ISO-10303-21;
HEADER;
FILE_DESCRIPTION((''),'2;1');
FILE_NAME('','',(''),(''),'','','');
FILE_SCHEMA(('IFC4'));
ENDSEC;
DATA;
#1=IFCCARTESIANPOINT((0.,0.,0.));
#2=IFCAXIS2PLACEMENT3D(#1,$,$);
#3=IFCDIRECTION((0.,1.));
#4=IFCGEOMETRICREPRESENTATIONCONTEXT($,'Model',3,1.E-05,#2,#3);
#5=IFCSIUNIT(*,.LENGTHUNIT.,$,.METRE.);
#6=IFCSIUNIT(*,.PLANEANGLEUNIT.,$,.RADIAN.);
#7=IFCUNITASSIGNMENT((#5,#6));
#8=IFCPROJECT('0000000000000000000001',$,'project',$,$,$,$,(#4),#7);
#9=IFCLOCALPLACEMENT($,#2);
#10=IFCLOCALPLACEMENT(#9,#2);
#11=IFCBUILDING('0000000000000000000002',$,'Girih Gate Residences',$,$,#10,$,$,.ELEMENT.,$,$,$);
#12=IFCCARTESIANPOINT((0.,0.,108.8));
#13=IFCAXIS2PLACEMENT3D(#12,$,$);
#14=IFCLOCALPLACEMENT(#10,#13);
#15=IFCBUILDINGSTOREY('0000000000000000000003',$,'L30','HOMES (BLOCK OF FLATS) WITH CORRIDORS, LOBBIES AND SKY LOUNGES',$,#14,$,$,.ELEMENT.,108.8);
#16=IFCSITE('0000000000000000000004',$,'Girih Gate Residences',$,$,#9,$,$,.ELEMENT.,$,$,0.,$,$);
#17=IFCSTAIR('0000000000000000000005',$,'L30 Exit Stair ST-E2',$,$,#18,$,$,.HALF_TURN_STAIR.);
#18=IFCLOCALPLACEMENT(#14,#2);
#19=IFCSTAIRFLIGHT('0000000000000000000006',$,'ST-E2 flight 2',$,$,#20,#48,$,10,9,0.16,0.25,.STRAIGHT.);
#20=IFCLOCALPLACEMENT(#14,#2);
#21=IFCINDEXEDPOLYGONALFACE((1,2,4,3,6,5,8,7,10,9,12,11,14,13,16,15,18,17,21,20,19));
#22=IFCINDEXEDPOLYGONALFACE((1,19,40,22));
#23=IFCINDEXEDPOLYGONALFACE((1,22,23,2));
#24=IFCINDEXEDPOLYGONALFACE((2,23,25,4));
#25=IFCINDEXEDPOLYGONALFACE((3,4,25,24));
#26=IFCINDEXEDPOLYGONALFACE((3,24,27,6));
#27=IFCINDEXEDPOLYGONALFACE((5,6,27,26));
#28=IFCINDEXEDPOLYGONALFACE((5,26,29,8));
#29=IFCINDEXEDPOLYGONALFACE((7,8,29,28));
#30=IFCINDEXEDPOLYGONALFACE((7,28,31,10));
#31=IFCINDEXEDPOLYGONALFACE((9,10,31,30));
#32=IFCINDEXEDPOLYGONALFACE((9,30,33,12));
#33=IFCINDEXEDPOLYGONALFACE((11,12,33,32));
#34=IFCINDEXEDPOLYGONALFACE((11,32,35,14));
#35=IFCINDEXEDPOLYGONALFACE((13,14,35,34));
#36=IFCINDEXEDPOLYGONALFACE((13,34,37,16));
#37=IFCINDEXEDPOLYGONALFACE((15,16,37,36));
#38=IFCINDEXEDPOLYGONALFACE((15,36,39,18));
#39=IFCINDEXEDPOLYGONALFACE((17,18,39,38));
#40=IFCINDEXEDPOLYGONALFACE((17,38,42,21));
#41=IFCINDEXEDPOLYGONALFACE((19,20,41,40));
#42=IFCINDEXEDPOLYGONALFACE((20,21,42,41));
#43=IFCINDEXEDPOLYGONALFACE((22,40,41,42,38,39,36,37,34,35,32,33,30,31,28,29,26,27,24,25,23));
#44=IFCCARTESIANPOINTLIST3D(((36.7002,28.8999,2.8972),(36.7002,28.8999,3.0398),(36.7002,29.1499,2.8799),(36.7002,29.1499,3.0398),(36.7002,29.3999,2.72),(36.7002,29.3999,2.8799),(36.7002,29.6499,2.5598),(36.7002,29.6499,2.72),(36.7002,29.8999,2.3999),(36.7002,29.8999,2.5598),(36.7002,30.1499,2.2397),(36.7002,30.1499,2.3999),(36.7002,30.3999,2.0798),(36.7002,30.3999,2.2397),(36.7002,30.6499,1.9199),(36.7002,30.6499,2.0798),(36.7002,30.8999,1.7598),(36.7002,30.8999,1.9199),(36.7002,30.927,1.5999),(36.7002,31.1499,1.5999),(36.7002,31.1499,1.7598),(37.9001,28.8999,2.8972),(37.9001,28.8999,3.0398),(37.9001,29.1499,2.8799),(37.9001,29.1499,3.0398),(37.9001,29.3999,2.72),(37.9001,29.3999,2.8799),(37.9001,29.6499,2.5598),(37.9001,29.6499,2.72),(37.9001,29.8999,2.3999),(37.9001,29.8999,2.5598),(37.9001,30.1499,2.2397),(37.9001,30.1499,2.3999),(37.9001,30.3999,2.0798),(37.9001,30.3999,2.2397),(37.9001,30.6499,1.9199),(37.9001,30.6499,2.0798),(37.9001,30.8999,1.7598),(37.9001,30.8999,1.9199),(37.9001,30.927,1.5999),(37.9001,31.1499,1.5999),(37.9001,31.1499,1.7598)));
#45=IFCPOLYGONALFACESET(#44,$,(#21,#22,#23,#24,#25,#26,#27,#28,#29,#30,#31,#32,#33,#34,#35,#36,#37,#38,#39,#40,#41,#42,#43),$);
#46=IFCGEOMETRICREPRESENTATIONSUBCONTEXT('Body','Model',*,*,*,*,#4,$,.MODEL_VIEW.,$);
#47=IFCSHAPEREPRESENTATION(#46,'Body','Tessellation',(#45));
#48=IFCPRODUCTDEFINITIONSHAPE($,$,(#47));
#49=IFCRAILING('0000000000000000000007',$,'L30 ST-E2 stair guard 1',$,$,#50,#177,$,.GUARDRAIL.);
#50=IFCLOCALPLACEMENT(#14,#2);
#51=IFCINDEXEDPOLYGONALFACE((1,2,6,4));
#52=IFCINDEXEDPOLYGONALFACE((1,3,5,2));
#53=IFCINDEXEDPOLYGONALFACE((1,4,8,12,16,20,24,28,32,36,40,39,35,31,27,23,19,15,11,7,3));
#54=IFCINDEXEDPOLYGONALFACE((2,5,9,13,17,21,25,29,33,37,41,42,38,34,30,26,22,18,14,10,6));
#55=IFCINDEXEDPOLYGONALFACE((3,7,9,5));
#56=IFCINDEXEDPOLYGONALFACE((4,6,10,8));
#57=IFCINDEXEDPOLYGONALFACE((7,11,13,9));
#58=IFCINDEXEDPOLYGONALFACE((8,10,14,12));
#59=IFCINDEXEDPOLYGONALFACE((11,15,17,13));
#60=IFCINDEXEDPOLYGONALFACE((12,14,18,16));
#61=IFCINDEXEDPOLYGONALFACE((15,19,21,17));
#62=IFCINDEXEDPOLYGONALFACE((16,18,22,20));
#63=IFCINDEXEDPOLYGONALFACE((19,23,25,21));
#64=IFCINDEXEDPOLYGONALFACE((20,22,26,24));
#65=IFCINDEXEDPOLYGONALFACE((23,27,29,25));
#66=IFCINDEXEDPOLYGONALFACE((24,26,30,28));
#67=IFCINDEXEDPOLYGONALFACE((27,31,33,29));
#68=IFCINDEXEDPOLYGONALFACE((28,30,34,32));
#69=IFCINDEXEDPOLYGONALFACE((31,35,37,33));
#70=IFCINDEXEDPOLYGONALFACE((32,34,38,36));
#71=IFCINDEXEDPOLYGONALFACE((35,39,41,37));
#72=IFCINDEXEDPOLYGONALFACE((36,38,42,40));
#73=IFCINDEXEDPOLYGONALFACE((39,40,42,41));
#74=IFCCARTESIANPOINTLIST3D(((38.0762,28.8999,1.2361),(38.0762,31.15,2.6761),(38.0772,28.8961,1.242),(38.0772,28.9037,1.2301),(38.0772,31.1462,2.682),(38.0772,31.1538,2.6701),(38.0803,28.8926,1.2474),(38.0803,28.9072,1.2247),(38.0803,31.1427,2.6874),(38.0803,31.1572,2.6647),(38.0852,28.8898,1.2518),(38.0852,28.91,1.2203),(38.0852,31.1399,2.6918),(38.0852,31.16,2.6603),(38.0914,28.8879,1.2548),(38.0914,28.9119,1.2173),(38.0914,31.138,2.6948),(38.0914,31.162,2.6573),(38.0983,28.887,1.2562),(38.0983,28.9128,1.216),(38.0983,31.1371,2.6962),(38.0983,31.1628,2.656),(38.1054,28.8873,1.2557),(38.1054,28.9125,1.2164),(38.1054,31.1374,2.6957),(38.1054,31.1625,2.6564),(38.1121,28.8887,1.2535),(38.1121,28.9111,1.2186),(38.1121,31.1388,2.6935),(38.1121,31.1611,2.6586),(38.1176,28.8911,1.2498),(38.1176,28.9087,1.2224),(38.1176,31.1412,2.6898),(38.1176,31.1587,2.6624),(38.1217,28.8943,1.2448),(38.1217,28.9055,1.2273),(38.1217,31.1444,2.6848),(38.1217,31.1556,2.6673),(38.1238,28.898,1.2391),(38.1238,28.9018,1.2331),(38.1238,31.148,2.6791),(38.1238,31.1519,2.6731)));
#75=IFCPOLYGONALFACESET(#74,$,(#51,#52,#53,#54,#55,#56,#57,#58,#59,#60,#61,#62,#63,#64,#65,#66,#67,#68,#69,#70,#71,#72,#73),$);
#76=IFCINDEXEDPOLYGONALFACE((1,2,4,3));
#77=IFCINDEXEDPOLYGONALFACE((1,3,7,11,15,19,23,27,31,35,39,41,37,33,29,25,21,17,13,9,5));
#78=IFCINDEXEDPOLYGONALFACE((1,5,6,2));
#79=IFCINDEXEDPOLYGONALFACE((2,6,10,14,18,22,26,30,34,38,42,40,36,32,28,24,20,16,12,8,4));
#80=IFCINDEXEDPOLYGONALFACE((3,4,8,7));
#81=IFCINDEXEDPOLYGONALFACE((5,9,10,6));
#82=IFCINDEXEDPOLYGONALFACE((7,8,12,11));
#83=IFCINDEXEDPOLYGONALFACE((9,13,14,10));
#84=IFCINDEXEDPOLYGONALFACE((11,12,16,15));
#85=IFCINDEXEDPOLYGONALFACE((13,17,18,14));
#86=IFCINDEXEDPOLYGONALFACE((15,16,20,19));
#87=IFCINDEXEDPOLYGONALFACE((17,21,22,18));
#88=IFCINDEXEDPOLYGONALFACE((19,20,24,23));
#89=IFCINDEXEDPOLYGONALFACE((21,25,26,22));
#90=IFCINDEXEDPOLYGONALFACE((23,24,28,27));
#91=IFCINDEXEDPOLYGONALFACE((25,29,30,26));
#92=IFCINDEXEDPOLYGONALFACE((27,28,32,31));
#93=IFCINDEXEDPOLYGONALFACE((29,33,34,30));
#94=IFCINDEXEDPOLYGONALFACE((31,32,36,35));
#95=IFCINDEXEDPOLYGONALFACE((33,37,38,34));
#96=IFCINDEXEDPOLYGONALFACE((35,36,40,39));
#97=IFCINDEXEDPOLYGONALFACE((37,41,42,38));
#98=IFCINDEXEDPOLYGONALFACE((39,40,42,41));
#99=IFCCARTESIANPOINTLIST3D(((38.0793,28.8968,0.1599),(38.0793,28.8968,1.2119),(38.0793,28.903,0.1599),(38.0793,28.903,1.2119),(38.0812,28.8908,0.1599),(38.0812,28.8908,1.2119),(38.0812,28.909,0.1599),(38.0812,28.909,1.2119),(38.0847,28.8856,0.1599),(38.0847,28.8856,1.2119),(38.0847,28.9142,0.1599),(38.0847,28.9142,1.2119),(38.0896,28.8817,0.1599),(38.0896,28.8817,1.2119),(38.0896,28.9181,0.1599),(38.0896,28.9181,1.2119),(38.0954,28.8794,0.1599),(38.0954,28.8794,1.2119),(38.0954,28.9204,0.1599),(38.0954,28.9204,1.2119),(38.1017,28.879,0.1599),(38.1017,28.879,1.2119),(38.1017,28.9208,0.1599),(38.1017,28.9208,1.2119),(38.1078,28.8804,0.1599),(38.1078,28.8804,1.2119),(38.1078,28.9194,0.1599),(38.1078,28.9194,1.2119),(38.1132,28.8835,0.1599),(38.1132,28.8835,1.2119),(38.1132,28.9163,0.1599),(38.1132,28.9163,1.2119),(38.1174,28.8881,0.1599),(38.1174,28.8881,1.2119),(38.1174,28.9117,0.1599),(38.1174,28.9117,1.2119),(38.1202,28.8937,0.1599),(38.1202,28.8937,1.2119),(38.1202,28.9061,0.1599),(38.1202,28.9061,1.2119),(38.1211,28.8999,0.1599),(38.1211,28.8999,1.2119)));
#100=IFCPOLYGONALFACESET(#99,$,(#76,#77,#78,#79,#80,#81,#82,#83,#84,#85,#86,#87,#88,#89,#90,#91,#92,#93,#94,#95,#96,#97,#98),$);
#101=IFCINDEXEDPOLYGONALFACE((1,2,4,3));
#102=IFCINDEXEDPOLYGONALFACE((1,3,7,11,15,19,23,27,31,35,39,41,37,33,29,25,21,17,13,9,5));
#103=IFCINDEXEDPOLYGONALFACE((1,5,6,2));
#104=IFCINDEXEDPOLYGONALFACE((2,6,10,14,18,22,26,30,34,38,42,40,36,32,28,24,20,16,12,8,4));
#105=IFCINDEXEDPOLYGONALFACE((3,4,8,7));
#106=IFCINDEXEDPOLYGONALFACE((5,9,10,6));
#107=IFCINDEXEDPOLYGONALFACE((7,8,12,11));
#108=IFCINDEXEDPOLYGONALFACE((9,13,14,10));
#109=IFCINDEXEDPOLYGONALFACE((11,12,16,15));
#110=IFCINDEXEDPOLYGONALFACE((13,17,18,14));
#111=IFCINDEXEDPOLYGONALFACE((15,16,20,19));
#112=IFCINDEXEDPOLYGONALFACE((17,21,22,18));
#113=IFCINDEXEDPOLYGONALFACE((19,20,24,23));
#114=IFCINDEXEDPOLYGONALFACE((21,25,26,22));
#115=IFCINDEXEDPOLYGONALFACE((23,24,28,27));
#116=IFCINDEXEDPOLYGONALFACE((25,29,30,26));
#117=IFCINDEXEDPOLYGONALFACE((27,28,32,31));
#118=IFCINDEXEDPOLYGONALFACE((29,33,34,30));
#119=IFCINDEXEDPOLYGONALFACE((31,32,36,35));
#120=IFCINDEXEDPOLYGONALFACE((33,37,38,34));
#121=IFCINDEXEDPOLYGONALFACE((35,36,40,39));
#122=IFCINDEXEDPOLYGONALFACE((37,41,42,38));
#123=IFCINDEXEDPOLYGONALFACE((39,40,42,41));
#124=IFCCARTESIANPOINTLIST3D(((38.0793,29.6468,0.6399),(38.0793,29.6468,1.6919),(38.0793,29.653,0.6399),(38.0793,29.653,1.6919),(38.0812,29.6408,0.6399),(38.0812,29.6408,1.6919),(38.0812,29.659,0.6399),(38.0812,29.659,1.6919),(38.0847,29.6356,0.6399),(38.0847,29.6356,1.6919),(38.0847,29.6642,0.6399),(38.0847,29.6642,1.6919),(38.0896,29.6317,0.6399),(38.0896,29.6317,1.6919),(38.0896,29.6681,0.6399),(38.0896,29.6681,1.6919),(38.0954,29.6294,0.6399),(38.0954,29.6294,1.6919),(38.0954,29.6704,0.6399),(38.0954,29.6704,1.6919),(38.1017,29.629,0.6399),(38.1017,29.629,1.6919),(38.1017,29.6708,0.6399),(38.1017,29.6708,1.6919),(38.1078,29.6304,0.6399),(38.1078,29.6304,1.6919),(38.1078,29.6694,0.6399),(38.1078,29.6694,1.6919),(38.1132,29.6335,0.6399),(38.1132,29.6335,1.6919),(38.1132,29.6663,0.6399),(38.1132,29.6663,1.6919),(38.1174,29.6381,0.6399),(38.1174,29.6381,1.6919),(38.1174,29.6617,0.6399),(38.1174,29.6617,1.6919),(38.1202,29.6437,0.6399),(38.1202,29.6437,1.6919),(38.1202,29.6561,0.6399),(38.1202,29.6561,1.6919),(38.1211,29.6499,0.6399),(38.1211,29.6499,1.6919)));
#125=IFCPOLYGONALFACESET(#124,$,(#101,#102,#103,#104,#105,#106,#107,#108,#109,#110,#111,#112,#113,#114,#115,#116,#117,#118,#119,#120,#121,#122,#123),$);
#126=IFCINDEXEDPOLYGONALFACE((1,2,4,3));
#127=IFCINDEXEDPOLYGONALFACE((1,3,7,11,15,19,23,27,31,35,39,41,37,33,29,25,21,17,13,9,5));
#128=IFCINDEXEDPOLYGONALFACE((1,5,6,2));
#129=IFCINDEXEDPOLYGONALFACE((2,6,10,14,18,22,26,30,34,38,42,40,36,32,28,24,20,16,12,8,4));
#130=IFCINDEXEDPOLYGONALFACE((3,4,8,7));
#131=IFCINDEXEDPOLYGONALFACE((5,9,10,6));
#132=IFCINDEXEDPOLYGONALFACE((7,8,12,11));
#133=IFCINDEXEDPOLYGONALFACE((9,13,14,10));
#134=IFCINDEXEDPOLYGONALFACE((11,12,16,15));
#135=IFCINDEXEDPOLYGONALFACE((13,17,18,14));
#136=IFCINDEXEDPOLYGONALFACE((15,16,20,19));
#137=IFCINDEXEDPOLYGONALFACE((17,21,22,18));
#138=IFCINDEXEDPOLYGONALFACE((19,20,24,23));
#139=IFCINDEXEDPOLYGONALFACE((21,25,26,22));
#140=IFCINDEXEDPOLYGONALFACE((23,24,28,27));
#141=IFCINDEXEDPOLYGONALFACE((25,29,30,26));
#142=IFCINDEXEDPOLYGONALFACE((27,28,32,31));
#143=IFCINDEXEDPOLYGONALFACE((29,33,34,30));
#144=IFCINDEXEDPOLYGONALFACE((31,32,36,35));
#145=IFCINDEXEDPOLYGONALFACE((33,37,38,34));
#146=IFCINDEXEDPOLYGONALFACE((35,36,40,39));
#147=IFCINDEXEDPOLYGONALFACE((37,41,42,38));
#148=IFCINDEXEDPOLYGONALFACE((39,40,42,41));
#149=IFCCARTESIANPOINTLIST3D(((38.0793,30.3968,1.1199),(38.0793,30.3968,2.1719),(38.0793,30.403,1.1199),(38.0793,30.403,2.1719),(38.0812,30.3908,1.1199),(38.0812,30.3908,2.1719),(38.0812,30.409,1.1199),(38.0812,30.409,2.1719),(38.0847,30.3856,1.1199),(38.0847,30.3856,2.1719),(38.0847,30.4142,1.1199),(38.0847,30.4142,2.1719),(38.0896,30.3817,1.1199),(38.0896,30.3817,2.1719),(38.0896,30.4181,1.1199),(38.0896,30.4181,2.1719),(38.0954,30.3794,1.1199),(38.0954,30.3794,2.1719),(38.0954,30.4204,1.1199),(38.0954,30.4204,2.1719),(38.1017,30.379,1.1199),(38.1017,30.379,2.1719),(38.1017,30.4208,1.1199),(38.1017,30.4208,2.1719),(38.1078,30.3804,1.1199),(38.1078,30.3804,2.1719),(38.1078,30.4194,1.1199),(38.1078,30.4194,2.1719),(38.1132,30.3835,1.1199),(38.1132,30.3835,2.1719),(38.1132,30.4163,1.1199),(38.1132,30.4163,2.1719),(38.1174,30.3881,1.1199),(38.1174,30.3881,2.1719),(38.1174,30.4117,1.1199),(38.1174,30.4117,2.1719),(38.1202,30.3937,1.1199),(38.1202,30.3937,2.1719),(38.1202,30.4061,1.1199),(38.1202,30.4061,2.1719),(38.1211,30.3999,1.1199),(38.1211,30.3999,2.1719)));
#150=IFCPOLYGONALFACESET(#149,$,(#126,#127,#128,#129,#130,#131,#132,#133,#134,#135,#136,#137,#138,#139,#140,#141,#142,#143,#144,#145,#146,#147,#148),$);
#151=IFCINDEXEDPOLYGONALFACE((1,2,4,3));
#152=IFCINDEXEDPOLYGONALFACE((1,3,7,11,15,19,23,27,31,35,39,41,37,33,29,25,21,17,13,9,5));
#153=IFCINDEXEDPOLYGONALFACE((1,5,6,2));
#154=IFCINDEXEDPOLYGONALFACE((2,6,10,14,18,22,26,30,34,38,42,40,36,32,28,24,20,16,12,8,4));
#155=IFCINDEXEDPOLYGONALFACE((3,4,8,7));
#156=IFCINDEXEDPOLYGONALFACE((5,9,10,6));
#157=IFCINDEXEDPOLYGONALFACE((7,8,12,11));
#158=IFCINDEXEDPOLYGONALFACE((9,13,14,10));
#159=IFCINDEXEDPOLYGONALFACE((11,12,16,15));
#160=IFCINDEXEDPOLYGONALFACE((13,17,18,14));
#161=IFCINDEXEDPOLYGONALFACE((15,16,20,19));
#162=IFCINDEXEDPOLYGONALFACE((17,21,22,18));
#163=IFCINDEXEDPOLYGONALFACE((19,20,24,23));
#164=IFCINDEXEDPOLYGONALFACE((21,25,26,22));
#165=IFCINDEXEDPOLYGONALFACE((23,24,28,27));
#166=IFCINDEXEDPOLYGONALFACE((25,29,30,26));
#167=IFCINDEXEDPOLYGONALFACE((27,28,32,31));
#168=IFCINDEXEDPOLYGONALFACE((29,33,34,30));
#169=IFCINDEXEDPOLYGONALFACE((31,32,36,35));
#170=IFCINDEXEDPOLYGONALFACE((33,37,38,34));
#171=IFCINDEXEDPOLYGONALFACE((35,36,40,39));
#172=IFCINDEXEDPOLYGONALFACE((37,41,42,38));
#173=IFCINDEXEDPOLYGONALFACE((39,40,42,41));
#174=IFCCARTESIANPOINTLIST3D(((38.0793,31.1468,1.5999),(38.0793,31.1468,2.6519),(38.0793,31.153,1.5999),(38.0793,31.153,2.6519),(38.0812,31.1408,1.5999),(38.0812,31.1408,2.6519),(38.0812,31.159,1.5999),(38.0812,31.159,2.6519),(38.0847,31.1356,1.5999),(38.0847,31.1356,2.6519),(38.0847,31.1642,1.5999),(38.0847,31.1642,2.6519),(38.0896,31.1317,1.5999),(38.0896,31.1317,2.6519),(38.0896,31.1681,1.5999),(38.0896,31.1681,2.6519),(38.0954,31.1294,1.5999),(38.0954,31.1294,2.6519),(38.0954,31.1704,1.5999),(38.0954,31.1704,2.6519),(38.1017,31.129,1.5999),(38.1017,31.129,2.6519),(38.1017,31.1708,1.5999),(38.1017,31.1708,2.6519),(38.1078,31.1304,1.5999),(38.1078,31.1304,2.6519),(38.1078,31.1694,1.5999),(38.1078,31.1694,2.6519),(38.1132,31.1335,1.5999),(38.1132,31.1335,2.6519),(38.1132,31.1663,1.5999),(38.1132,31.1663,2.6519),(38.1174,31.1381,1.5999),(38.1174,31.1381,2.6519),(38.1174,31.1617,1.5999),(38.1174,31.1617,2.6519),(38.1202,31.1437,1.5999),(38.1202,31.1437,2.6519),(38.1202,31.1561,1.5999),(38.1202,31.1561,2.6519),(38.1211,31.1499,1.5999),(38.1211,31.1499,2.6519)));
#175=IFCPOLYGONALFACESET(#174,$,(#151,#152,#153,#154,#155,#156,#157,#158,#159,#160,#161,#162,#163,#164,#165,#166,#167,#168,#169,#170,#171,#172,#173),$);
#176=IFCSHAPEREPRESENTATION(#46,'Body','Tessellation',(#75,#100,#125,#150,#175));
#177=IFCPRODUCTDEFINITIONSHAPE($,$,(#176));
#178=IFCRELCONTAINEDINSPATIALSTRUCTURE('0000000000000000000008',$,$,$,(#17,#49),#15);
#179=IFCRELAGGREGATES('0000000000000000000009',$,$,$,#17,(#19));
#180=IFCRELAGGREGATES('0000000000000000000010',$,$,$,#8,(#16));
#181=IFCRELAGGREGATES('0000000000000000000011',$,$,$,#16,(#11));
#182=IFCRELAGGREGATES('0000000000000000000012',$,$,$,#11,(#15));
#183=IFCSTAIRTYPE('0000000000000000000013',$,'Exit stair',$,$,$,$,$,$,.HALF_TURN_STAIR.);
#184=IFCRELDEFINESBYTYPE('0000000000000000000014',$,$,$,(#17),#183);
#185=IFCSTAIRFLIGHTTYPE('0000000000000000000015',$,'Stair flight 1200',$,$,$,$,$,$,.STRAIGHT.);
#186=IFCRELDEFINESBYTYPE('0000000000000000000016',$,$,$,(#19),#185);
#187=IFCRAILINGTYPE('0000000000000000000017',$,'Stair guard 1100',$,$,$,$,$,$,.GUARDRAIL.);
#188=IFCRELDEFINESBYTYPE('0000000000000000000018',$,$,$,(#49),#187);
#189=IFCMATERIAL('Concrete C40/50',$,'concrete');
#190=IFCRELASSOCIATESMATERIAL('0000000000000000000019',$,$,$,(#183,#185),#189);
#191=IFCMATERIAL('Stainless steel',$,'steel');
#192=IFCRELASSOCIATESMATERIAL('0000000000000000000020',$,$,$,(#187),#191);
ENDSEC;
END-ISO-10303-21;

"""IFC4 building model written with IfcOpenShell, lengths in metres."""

from ifc_helpers import new_model, si_unit, direction, frame, origin, origin_2d, place, context, subcontext, project, spatial, polyline, circle, outline, extrude, material, type_object, element, aggregate, save


model = new_model("IFC4")

# Units and contexts
model_context = context("Model", 3, precision=1e-05, world=origin(), true_north=direction((0.0, 1.0)))
body_context = subcontext(model_context, "Body", "Model", "MODEL_VIEW")
ifc_project = project(units=[si_unit("LENGTHUNIT", "METRE"), si_unit("PLANEANGLEUNIT", "RADIAN")], contexts=[model_context])

# Site, building, storey
site_placement = place(None, origin())
site = spatial("IfcSite", under=ifc_project, at=site_placement, Name="Girih Gate Residences", CompositionType="ELEMENT", RefElevation=0.0)
building_placement = place(site_placement, origin())
building = spatial("IfcBuilding", under=site, at=building_placement, Name="Girih Gate Residences", CompositionType="ELEMENT")
storey_placement = place(building_placement, frame((0.0, 0.0, 108.8)))
storey = spatial("IfcBuildingStorey", under=building, at=storey_placement, Name="L30", Description="HOMES (BLOCK OF FLATS) WITH CORRIDORS, LOBBIES AND SKY LOUNGES", CompositionType="ELEMENT", Elevation=108.8)

# Stair, stair flight
ifc_material_1 = material(Name="Concrete C40/50", Category="concrete")
stair_type = type_object("IfcStairType", Name="Exit stair", PredefinedType="HALF_TURN_STAIR", material=ifc_material_1)
stair_placement = place(storey_placement, origin())
stair = element("IfcStair", 1, at=stair_placement, inside=storey, type_object=stair_type, Name="L30 Exit Stair ST-E2", PredefinedType="HALF_TURN_STAIR")
stair_flight_type = type_object("IfcStairFlightType", Name="Stair flight 1200", PredefinedType="STRAIGHT", material=ifc_material_1)
stair_flight_1_placement = place(storey_placement, frame((37.3, 31.1499, 1.5999), z_axis=(0.0, 0.0, 1.0), x_axis=(0.0, -1.0, 0.0)))
stair_flight_1 = element("IfcStairFlight", 2, at=stair_flight_1_placement, type_object=stair_flight_type, Name="ST-E2 flight 2", NumberOfRisers=10, NumberOfTreads=9, PredefinedType="STRAIGHT", RiserHeight=0.16, TreadLength=0.25, context=body_context, shape_type="SweptSolid", body=[
    extrude(outline(polyline([(0.0, 0.0), (0.0, 0.1599), (0.25, 0.1599), (0.25, 0.3201), (0.5, 0.3201), (0.5, 0.48), (0.75, 0.48), (0.75, 0.6399), (1.0, 0.6399), (1.0, 0.8), (1.25, 0.8), (1.25, 0.96), (1.5, 0.96), (1.5, 1.1201), (1.75, 1.1201), (1.75, 1.28), (2.0, 1.28), (2.0, 1.4399), (2.25, 1.4399), (2.25, 1.6001), (2.25, 1.2974), (0.2229, 0.0), (0.0, 0.0)])), frame((0.0, 0.6001, 0.0), z_axis=(0.0, -1.0, 0.0), x_axis=(1.0, 0.0, 0.0)), (0.0, 0.0, 1.0), 1.2),
])
aggregate(stair, [stair_flight_1])

# Railing
ifc_material_2 = material(Name="Stainless steel", Category="steel")
railing_type_1 = type_object("IfcRailingType", Name="Stair guard 1100", PredefinedType="GUARDRAIL", material=ifc_material_2)
railing_1_placement = place(storey_placement, frame((38.1001, 28.8999, 0.1599)))
element("IfcRailing", 3, at=railing_1_placement, inside=storey, type_object=railing_type_1, Name="L30 ST-E2 stair guard 1", PredefinedType="GUARDRAIL", context=body_context, shape_type="SweptSolid", body=[
    extrude(circle(Radius=0.0239, at=origin_2d()), frame((0.0, 0.0, 1.0762), z_axis=(0.0, 0.842281, 0.539038), x_axis=(-1.0, 0.0, 0.0)), (0.0, 0.0, 1.0), 2.6714),
    extrude(circle(Radius=0.021, at=origin_2d()), origin(), (0.0, 0.0, 1.0), 1.052),
    extrude(circle(Radius=0.021, at=origin_2d()), frame((0.0, 0.75, 0.48)), (0.0, 0.0, 1.0), 1.052),
    extrude(circle(Radius=0.021, at=origin_2d()), frame((0.0, 1.5, 0.96)), (0.0, 0.0, 1.0), 1.052),
    extrude(circle(Radius=0.021, at=origin_2d()), frame((0.0, 2.25, 1.4399)), (0.0, 0.0, 1.0), 1.052),
])

save(model, "model.ifc")
